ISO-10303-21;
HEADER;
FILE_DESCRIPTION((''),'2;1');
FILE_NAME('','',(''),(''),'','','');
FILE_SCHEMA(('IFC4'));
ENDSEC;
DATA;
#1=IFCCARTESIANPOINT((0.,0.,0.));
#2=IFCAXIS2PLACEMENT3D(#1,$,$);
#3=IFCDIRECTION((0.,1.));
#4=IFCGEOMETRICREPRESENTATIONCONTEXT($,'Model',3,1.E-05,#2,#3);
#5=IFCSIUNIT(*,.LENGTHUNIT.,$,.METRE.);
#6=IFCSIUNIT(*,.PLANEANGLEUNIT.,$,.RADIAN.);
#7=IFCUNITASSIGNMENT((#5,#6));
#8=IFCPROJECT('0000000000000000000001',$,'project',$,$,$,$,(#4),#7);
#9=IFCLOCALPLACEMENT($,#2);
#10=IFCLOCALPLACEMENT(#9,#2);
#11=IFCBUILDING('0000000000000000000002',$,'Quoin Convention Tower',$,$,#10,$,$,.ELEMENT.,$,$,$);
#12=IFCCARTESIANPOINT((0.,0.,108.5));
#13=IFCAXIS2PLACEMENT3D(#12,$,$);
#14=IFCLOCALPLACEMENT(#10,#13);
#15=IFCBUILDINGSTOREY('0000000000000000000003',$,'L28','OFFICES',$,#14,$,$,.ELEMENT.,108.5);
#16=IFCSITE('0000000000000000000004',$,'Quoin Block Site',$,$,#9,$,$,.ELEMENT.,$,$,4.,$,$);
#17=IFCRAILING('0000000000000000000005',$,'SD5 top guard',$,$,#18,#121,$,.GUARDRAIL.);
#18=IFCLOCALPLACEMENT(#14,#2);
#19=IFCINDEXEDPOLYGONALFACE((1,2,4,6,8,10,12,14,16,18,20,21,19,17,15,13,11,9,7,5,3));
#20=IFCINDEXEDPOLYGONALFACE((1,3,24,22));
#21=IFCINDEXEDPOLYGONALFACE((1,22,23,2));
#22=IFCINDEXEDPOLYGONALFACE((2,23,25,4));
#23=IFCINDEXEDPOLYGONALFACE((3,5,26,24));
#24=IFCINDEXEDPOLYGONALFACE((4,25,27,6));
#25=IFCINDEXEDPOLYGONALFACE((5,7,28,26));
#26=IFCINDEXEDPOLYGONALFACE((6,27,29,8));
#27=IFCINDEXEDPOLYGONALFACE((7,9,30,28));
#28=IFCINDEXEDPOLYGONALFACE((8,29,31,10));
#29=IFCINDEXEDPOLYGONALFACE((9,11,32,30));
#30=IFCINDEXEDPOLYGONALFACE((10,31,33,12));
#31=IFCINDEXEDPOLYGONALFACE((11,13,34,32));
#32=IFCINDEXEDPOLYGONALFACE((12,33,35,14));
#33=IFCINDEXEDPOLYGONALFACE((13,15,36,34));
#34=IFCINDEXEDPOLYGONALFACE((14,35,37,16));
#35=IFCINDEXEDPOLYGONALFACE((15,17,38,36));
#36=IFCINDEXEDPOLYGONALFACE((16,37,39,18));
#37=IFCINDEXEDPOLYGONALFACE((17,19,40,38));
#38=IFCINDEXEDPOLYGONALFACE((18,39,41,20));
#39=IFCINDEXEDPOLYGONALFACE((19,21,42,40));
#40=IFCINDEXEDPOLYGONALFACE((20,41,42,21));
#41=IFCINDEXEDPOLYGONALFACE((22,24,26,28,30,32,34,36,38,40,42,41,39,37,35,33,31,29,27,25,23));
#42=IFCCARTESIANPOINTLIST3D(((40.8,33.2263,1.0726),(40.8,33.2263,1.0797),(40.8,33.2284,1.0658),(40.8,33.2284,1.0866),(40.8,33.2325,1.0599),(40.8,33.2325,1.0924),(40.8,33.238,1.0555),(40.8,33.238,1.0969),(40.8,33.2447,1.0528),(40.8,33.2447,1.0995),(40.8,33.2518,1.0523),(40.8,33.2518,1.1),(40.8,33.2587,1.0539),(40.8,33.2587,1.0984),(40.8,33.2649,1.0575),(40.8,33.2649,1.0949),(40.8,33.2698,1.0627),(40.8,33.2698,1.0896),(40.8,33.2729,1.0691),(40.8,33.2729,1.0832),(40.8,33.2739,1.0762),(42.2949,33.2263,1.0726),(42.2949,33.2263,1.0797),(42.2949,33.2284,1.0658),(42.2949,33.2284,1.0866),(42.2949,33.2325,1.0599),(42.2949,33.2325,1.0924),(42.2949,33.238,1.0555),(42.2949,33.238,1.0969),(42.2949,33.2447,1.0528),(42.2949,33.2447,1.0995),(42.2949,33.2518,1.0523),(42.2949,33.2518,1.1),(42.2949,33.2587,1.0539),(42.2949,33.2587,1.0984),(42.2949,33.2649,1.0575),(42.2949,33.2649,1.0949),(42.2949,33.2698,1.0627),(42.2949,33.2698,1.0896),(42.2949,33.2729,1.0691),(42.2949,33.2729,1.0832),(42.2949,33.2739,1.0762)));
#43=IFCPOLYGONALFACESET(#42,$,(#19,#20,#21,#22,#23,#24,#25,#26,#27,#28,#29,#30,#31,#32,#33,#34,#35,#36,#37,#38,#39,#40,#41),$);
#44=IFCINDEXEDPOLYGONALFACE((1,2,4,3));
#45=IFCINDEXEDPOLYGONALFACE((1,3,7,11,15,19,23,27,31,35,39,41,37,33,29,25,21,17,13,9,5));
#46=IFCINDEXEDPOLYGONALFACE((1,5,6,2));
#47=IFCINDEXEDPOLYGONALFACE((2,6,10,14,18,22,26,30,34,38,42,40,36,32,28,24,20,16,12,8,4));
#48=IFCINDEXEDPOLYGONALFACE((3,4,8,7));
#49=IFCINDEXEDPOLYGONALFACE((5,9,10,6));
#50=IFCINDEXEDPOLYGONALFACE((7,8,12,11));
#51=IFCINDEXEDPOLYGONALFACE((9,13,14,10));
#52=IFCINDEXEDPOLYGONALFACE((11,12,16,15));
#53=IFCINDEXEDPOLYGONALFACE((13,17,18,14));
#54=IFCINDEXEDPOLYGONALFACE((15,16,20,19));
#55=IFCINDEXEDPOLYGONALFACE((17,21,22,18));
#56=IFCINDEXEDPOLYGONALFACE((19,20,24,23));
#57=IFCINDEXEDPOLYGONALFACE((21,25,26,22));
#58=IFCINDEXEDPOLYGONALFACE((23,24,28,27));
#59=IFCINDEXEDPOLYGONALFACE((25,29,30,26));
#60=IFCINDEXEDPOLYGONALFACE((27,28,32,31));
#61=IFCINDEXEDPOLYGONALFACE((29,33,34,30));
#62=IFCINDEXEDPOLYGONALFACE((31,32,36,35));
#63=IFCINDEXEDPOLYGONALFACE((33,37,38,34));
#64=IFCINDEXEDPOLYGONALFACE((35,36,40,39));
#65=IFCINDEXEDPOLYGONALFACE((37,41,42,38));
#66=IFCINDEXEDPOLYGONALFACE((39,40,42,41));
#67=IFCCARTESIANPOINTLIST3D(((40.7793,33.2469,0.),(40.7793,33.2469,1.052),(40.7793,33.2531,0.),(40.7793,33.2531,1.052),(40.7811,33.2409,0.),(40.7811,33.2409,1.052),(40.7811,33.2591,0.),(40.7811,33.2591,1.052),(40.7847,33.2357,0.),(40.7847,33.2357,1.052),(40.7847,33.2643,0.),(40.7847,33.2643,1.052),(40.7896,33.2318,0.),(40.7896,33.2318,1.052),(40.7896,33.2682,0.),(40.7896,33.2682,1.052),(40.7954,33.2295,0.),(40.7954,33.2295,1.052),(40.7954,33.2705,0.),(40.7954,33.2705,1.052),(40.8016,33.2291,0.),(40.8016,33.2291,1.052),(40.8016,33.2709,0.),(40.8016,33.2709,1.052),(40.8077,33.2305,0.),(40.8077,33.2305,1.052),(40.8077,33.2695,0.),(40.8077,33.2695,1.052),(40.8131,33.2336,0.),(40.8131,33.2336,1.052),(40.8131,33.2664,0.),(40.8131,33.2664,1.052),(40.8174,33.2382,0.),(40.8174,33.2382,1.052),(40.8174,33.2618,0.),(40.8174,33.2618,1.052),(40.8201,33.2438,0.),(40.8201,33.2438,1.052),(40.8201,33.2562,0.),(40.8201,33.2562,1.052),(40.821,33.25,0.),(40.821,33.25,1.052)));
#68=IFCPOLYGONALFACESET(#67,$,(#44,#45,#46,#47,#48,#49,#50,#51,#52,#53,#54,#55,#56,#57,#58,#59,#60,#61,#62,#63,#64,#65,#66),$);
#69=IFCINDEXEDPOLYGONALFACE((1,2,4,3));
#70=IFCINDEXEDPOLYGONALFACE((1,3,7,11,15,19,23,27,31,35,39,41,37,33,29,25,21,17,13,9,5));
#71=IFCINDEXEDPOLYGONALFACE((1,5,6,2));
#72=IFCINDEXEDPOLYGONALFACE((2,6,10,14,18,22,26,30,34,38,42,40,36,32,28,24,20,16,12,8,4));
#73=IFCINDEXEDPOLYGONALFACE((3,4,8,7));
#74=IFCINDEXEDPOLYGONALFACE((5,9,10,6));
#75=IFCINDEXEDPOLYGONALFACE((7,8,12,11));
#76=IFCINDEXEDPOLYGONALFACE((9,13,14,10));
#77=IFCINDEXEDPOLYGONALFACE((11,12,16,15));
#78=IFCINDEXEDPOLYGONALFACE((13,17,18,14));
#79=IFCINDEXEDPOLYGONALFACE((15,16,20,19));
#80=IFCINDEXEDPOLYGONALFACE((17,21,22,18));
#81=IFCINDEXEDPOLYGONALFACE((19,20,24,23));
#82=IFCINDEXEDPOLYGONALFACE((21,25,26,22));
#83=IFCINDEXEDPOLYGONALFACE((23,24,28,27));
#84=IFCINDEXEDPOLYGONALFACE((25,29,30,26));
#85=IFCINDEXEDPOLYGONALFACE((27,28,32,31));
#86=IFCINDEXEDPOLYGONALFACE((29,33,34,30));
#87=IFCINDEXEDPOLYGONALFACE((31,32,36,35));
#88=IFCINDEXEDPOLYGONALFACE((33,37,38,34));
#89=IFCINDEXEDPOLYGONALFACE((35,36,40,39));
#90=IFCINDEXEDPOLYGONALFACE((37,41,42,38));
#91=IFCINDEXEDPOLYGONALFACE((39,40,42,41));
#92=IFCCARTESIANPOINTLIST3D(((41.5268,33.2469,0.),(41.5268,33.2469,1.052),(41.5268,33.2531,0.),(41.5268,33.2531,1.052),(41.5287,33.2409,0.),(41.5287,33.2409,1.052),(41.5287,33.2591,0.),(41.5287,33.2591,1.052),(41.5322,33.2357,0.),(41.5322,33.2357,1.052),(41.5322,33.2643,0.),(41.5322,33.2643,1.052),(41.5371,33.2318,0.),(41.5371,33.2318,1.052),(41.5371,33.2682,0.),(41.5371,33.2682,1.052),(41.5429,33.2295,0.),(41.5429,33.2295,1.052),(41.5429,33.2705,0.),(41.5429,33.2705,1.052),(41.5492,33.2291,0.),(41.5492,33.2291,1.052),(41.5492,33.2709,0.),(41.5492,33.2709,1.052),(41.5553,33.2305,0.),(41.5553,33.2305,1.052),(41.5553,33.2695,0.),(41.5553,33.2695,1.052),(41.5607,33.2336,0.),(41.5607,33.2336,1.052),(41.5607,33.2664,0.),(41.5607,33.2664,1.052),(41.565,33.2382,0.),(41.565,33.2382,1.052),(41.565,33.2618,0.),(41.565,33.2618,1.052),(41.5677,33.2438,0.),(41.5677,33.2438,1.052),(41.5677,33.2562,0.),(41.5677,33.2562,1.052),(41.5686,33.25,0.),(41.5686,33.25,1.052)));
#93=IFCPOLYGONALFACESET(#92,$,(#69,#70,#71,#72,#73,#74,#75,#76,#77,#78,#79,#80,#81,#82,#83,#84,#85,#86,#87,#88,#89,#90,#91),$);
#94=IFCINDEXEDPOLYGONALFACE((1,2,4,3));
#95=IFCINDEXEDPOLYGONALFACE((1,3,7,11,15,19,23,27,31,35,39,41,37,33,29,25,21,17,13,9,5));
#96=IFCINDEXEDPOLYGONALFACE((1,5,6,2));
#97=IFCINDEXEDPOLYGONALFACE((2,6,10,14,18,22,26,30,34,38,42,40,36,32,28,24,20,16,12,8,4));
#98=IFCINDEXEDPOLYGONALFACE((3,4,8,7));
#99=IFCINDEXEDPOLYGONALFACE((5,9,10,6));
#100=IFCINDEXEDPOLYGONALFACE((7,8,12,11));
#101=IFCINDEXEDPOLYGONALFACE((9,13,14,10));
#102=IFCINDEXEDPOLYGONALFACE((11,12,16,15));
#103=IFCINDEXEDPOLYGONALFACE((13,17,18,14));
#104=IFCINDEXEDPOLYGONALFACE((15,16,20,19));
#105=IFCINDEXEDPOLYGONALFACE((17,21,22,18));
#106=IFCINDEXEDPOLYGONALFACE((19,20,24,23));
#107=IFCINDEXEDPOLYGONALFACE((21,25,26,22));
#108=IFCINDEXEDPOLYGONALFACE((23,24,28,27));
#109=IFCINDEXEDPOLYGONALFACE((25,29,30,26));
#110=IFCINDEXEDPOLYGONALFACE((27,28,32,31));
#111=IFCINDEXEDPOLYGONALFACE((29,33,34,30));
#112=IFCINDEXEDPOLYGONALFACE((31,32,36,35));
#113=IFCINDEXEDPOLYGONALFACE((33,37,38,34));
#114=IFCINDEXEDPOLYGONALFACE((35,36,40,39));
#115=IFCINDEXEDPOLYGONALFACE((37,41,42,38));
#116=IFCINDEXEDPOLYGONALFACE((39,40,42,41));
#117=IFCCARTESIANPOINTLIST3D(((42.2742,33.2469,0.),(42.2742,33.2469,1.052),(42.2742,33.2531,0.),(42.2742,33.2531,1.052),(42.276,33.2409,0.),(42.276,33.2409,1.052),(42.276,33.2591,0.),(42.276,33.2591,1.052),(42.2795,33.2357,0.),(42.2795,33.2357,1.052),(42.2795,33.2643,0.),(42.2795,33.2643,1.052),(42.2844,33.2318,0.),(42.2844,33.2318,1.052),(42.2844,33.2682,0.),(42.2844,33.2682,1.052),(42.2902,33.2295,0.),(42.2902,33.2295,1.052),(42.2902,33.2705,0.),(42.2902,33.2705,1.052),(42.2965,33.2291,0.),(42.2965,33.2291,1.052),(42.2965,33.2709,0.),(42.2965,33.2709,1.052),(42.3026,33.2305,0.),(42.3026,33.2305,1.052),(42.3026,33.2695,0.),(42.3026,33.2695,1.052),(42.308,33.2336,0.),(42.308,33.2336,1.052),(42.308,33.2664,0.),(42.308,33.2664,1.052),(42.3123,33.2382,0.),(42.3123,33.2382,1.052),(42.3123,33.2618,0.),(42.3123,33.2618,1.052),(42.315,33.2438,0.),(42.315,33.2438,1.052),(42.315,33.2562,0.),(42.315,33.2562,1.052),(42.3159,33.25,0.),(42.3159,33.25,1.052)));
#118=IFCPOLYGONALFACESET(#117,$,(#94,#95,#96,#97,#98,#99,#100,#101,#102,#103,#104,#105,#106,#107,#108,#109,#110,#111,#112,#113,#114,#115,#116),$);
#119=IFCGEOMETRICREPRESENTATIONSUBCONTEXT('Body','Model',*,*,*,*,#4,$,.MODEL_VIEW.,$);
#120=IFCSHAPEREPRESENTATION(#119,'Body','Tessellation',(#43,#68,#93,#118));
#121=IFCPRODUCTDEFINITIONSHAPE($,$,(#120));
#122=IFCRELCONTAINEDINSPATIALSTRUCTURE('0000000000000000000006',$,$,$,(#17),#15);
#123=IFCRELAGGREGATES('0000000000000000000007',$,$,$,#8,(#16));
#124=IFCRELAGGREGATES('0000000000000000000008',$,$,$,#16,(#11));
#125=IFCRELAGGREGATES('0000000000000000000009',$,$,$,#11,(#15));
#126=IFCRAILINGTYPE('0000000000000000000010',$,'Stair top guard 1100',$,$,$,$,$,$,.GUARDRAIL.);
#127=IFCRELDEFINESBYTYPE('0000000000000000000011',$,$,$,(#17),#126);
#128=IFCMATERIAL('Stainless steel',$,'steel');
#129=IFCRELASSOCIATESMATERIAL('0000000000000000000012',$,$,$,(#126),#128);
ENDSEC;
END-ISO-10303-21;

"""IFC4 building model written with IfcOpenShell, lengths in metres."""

from ifc_helpers import new_model, si_unit, direction, frame, origin, origin_2d, place, context, subcontext, project, spatial, circle, extrude, material, type_object, element, save


model = new_model("IFC4")

# Units and contexts
model_context = context("Model", 3, precision=1e-05, world=origin(), true_north=direction((0.0, 1.0)))
body_context = subcontext(model_context, "Body", "Model", "MODEL_VIEW")
ifc_project = project(units=[si_unit("LENGTHUNIT", "METRE"), si_unit("PLANEANGLEUNIT", "RADIAN")], contexts=[model_context])

# Site, building, storey
site_placement = place(None, origin())
site = spatial("IfcSite", under=ifc_project, at=site_placement, Name="Quoin Block Site", CompositionType="ELEMENT", RefElevation=4.0)
building_placement = place(site_placement, origin())
building = spatial("IfcBuilding", under=site, at=building_placement, Name="Quoin Convention Tower", CompositionType="ELEMENT")
storey_placement = place(building_placement, frame((0.0, 0.0, 108.5)))
storey = spatial("IfcBuildingStorey", under=building, at=storey_placement, Name="L28", Description="OFFICES", CompositionType="ELEMENT", Elevation=108.5)

# Railing
ifc_material_1 = material(Name="Stainless steel", Category="steel")
railing_type_1 = type_object("IfcRailingType", Name="Stair top guard 1100", PredefinedType="GUARDRAIL", material=ifc_material_1)
railing_1_placement = place(storey_placement, frame((40.8, 33.25, 0.0)))
element("IfcRailing", 1, at=railing_1_placement, inside=storey, type_object=railing_type_1, Name="SD5 top guard", PredefinedType="GUARDRAIL", context=body_context, shape_type="SweptSolid", body=[
    extrude(circle(Radius=0.0239, at=origin_2d()), frame((0.0, 0.0, 1.0762), z_axis=(1.0, 0.0, 0.0), x_axis=(0.0, 1.0, 0.0)), (0.0, 0.0, 1.0), 1.4949),
    extrude(circle(Radius=0.021, at=origin_2d()), origin(), (0.0, 0.0, 1.0), 1.052),
    extrude(circle(Radius=0.021, at=origin_2d()), frame((0.7476, 0.0, 0.0)), (0.0, 0.0, 1.0), 1.052),
    extrude(circle(Radius=0.021, at=origin_2d()), frame((1.4949, 0.0, 0.0)), (0.0, 0.0, 1.0), 1.052),
])

save(model, "model.ifc")
